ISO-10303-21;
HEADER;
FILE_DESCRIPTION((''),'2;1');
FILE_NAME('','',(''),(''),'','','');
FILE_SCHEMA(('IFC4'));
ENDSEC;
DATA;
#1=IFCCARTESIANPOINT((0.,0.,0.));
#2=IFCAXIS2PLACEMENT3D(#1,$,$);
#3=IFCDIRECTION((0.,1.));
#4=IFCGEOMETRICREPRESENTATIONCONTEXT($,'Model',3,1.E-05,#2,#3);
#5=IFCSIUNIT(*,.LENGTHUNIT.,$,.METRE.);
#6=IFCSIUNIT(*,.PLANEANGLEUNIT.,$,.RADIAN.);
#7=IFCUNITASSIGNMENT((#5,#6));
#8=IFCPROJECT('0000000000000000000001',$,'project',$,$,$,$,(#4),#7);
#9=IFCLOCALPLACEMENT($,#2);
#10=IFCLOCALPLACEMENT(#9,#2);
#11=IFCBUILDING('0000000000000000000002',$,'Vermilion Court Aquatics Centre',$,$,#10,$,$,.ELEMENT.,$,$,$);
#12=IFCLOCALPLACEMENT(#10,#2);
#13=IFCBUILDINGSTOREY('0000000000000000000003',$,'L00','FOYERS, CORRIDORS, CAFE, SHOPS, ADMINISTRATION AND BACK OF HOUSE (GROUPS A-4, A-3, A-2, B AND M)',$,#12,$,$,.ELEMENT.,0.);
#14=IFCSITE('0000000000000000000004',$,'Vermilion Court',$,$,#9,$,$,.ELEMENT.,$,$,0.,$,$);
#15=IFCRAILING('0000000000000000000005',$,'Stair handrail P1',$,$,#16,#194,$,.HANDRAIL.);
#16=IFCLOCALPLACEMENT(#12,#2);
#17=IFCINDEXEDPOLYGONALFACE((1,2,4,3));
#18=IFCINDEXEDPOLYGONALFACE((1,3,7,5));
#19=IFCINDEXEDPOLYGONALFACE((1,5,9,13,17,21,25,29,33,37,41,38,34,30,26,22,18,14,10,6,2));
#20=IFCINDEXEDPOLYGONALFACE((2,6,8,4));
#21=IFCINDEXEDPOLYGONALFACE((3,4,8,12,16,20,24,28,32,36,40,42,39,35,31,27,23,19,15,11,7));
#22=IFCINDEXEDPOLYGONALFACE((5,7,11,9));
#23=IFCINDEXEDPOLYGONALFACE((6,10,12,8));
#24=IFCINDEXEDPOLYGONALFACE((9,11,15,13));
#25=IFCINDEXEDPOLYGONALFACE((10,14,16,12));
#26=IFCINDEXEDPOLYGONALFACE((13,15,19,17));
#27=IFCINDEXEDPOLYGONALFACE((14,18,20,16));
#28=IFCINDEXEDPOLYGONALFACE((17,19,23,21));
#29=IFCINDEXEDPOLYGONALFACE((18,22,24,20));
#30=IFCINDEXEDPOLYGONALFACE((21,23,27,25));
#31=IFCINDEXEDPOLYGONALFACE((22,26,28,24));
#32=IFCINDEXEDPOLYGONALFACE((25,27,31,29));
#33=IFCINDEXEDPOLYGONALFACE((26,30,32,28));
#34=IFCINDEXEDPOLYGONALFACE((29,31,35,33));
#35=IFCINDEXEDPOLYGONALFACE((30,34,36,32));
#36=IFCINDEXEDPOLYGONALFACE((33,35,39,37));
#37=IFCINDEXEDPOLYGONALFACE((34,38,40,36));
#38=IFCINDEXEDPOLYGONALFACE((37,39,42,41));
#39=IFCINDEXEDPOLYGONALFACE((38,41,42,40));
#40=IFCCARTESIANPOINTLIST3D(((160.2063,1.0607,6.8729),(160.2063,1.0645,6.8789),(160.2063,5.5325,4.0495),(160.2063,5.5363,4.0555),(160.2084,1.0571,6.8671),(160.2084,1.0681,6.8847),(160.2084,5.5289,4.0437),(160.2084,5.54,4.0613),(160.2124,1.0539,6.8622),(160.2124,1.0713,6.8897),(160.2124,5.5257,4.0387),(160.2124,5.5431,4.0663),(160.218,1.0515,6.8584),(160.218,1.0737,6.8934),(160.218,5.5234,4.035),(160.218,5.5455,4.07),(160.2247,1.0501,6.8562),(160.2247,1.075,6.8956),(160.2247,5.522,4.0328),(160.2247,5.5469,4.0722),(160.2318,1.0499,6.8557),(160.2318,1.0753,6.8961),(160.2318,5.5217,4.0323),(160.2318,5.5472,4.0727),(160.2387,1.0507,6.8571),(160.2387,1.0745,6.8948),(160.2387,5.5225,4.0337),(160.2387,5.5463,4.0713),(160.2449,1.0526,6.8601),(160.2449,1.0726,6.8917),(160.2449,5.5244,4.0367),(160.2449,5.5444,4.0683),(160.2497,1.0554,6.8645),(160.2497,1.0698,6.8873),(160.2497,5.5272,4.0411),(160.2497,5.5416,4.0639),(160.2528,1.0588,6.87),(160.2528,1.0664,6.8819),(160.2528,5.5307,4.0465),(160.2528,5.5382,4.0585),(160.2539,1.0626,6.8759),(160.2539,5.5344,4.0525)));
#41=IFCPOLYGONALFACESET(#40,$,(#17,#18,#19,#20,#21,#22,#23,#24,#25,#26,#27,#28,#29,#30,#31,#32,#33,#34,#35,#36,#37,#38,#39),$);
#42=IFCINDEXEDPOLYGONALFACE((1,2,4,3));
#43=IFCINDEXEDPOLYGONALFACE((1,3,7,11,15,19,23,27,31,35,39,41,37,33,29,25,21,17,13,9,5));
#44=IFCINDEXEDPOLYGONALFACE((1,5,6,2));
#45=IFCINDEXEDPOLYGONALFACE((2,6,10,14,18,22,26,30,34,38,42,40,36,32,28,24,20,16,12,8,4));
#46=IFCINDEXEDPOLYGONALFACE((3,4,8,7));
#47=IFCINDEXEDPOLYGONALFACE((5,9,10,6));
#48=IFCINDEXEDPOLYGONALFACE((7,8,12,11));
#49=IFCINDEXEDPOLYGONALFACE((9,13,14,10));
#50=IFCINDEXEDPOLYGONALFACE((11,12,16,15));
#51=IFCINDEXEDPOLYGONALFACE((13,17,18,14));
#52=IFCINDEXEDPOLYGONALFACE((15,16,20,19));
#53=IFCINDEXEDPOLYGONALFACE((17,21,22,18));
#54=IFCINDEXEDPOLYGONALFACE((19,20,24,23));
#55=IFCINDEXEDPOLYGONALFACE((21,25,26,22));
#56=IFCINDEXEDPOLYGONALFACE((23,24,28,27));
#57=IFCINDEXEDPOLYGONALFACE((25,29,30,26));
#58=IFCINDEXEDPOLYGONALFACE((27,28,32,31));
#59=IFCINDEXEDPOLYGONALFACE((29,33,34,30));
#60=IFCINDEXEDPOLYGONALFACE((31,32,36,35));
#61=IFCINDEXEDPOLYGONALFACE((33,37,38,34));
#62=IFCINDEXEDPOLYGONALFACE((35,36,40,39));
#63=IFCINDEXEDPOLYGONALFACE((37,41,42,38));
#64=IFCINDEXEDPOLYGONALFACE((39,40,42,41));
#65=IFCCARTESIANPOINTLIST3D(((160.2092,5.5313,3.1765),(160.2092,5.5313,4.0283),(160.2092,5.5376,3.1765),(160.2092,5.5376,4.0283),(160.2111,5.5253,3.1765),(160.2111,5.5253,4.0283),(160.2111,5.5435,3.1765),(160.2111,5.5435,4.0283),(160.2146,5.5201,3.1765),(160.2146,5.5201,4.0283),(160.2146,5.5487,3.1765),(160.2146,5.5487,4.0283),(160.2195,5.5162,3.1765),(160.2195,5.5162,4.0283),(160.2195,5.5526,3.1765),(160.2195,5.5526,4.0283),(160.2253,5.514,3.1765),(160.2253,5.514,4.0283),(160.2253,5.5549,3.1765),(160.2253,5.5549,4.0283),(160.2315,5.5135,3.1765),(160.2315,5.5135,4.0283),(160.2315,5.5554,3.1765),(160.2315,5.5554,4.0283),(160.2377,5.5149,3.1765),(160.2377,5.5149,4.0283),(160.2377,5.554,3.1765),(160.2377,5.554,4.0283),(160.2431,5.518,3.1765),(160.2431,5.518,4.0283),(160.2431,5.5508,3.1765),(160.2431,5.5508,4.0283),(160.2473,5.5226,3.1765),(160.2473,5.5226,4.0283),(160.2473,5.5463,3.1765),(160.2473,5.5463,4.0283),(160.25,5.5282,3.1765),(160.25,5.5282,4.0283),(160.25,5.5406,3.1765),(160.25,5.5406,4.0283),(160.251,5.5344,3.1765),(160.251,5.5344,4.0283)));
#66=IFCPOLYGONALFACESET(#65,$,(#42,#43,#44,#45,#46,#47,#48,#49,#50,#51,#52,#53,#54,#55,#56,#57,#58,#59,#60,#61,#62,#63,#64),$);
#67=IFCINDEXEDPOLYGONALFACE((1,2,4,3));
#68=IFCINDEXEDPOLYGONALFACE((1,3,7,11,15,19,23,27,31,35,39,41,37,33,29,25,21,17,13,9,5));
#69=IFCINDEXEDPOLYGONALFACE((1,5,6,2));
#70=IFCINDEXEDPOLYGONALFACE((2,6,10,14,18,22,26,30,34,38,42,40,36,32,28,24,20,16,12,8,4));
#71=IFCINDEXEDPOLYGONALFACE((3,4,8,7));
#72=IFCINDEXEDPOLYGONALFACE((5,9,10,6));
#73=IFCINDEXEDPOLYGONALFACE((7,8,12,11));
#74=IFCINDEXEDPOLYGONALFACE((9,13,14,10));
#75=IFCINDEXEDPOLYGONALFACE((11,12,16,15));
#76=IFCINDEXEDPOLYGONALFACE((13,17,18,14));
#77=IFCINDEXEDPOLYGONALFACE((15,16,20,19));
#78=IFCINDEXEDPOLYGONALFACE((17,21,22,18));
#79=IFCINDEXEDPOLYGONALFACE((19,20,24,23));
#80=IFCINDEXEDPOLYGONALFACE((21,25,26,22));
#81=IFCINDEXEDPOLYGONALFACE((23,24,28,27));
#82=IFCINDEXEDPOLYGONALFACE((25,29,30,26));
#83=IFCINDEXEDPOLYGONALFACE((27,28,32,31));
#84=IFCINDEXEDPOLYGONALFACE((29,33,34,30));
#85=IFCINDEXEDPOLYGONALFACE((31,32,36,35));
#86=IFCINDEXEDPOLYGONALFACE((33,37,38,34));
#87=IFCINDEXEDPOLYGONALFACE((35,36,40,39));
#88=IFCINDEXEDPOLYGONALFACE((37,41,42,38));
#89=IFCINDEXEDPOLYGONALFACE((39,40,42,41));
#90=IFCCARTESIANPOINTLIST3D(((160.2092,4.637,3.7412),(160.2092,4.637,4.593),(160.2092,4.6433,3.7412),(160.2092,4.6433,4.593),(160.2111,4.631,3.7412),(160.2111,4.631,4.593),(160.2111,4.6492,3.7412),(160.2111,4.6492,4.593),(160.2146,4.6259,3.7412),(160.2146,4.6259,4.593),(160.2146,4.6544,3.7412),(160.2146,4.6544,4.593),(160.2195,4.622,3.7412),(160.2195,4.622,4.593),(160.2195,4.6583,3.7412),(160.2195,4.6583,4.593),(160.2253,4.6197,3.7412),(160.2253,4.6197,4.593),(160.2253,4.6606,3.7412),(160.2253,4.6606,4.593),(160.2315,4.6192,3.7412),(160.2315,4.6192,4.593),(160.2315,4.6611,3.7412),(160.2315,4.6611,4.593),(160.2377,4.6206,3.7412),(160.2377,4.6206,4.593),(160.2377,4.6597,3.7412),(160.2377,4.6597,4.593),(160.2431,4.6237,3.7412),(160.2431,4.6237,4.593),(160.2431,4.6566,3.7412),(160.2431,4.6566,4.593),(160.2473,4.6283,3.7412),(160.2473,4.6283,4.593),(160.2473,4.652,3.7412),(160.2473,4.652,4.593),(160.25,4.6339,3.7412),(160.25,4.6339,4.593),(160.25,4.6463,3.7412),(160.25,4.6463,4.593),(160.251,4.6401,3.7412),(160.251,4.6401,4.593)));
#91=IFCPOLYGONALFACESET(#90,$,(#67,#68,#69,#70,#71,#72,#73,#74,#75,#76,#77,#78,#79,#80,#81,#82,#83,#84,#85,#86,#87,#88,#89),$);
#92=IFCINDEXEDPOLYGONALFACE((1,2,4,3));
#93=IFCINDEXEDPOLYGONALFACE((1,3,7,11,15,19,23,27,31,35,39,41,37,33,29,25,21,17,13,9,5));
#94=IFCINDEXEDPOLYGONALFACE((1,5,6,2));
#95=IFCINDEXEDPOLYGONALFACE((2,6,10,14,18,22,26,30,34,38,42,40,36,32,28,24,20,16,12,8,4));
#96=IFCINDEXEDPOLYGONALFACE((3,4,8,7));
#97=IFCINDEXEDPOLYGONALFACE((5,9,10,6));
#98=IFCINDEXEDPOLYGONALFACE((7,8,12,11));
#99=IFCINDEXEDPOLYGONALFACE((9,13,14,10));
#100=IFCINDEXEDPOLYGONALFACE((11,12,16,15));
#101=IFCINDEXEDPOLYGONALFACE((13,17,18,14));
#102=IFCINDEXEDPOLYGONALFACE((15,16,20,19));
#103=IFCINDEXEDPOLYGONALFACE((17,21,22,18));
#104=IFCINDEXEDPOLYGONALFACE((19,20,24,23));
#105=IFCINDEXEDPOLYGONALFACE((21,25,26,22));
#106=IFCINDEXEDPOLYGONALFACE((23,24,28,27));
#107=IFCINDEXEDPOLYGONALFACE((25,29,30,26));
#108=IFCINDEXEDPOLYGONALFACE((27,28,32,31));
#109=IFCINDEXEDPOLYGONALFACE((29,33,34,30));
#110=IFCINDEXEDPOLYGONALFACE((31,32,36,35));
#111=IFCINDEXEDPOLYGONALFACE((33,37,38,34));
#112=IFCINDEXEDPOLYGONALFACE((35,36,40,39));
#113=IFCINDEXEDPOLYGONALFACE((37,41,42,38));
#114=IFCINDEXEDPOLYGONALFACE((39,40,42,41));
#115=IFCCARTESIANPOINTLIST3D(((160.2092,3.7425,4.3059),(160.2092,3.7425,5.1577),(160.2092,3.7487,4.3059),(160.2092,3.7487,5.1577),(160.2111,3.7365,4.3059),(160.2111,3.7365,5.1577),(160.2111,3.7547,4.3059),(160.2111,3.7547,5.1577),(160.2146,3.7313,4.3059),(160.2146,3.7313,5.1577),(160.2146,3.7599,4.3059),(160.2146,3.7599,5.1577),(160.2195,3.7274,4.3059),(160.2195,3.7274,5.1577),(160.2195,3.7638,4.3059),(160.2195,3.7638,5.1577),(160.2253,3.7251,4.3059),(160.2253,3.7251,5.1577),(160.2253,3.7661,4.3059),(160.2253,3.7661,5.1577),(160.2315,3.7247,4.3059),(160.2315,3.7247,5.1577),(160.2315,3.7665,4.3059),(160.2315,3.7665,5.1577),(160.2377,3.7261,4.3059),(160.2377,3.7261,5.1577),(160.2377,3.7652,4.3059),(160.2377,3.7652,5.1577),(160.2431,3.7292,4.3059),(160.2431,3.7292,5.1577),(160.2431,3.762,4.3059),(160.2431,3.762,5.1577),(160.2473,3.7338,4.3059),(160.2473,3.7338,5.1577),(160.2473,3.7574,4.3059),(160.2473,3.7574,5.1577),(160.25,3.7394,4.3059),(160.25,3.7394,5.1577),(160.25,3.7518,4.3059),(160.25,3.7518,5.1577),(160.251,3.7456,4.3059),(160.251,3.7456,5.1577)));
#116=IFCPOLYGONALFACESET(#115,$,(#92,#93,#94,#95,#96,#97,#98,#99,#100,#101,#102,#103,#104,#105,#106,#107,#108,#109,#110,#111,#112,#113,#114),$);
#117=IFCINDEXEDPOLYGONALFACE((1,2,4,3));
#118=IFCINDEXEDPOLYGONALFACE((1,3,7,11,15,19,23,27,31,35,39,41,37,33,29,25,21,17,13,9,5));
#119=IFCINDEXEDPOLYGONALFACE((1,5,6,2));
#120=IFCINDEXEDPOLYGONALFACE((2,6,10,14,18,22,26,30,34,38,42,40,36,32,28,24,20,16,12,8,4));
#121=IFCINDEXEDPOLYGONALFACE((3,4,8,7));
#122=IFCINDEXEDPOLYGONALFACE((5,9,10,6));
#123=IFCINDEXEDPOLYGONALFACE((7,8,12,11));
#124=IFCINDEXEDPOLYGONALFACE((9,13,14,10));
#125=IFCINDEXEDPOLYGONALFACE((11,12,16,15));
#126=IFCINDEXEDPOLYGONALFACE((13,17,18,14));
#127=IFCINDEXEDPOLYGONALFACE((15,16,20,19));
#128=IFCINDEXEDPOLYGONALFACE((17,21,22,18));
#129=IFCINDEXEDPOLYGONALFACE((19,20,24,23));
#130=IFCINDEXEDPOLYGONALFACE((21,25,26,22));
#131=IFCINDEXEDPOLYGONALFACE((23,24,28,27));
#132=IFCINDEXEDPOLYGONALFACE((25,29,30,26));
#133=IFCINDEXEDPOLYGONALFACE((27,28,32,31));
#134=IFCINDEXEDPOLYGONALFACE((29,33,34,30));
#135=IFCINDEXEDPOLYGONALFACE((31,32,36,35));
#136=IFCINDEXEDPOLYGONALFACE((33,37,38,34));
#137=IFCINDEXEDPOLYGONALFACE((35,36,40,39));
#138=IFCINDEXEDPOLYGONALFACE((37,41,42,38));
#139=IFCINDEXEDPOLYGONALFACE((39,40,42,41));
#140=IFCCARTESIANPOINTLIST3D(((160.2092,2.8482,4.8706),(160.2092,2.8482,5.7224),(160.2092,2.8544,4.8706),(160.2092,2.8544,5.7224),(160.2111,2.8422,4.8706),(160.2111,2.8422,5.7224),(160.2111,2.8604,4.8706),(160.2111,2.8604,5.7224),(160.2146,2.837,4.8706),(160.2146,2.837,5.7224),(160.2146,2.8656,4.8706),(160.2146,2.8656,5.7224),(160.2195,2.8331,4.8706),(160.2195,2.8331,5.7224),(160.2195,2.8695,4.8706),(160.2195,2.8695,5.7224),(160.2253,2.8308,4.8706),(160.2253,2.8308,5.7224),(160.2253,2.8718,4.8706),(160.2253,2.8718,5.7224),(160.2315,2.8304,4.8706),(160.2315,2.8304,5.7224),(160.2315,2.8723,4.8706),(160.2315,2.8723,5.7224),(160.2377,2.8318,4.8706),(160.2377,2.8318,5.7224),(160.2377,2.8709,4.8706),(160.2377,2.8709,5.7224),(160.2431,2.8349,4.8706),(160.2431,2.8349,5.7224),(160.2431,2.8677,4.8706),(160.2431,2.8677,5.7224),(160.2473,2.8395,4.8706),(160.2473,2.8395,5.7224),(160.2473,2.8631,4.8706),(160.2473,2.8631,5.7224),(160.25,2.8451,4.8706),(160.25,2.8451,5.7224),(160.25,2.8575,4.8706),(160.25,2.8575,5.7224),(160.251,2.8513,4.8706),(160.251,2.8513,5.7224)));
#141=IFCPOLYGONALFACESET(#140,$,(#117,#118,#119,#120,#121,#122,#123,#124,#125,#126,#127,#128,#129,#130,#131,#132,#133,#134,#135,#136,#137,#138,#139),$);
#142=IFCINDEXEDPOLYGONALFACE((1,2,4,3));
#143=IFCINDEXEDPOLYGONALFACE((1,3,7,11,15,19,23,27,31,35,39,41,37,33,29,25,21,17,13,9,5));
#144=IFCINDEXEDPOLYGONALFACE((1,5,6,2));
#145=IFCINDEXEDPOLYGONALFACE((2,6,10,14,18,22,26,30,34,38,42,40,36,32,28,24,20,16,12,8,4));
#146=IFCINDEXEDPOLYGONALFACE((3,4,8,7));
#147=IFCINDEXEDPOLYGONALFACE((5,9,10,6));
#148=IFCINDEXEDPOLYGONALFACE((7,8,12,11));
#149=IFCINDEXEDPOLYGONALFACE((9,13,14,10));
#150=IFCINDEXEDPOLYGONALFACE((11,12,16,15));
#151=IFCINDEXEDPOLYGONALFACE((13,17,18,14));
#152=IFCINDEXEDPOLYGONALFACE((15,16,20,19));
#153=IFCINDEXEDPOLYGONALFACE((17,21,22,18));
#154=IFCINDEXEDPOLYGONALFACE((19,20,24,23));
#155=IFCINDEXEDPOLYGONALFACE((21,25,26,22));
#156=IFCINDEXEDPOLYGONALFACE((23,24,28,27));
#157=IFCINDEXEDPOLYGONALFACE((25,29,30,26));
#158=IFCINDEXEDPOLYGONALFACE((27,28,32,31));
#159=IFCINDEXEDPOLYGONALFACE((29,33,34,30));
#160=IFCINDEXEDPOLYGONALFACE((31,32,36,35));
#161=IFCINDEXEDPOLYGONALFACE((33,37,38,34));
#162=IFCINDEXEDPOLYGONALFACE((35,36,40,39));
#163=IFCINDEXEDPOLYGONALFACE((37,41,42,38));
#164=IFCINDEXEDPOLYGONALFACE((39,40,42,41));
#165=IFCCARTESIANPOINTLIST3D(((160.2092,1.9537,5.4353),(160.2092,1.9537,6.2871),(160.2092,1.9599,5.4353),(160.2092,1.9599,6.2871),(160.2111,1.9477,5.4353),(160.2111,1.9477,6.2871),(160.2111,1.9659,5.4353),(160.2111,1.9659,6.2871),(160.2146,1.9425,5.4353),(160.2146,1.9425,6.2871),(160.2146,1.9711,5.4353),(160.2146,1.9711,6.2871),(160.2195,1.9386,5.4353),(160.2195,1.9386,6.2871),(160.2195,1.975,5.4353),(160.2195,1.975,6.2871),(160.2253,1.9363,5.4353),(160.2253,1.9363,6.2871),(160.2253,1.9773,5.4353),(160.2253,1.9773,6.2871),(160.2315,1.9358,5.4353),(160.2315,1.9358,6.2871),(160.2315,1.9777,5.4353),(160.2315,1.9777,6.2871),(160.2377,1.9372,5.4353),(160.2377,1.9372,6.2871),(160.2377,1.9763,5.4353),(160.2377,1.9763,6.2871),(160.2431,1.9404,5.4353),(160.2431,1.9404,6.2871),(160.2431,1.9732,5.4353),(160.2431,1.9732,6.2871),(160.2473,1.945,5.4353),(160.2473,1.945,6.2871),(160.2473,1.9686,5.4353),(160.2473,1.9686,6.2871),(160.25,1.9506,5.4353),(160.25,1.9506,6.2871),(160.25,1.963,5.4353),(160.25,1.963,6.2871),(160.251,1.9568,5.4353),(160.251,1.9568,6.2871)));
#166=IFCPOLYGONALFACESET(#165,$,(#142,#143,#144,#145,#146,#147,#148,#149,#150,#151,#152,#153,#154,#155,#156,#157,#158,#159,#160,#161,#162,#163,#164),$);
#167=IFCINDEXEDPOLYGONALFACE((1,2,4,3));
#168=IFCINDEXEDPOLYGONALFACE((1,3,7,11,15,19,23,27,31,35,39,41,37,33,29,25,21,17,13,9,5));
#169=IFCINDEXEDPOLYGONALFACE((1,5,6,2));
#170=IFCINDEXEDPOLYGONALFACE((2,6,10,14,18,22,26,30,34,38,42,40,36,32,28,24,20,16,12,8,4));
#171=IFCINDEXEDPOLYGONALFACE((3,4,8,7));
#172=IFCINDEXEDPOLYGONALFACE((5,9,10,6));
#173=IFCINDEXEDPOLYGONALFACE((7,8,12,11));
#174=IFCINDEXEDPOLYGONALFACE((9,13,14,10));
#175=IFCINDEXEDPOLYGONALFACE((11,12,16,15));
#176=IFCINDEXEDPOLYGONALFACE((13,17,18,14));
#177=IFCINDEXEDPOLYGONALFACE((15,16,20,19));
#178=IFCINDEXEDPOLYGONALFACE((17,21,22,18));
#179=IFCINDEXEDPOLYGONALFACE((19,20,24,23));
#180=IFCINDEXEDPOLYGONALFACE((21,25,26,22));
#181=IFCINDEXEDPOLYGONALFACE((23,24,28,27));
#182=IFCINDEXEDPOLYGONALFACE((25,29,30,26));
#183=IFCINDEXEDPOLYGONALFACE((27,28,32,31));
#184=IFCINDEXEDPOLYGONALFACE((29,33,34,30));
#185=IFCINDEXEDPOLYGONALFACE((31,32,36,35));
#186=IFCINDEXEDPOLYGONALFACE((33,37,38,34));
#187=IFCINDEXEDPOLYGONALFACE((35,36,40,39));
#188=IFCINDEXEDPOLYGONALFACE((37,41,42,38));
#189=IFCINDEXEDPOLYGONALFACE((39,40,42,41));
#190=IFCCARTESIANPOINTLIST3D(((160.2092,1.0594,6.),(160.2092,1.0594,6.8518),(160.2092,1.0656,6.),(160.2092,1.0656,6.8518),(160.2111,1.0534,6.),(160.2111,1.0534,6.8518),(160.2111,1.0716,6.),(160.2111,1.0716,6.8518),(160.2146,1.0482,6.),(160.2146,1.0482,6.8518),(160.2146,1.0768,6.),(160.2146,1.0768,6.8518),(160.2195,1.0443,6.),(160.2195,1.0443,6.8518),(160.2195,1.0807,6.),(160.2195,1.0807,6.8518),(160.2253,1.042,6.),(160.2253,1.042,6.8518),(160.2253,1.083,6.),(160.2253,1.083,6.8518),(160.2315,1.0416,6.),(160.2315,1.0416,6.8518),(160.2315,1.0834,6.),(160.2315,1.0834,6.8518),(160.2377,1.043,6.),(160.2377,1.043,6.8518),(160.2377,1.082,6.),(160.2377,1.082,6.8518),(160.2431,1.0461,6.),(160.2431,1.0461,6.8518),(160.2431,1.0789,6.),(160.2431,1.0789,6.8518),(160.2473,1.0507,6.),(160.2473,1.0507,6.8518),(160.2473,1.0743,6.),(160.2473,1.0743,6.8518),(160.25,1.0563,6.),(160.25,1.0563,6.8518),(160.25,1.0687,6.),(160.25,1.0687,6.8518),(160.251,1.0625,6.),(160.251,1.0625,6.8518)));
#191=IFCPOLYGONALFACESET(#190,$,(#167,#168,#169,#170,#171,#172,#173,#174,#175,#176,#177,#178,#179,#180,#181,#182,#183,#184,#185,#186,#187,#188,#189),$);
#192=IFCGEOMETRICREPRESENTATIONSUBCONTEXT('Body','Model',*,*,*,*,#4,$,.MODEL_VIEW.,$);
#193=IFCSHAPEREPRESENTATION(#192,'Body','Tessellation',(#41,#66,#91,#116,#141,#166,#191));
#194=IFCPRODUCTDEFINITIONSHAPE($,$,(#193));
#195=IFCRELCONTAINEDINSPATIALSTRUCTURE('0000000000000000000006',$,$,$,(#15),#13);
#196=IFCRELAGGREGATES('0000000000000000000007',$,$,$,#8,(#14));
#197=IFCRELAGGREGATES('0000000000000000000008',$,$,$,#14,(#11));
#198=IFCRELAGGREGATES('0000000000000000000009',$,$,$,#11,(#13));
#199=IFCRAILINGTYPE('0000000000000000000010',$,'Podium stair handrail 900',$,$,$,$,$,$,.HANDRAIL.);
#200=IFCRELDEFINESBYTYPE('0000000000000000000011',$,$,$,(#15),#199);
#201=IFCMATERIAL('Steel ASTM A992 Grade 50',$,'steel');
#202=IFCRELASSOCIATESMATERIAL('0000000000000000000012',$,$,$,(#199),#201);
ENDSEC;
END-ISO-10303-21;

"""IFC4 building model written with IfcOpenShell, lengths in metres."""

from ifc_helpers import new_model, si_unit, direction, frame, origin, origin_2d, place, context, subcontext, project, spatial, circle, extrude, material, type_object, element, save


model = new_model("IFC4")

# Units and contexts
model_context = context("Model", 3, precision=1e-05, world=origin(), true_north=direction((0.0, 1.0)))
body_context = subcontext(model_context, "Body", "Model", "MODEL_VIEW")
ifc_project = project(units=[si_unit("LENGTHUNIT", "METRE"), si_unit("PLANEANGLEUNIT", "RADIAN")], contexts=[model_context])

# Site, building, storey
site_placement = place(None, origin())
site = spatial("IfcSite", under=ifc_project, at=site_placement, Name="Vermilion Court", CompositionType="ELEMENT", RefElevation=0.0)
building_placement = place(site_placement, origin())
building = spatial("IfcBuilding", under=site, at=building_placement, Name="Vermilion Court Aquatics Centre", CompositionType="ELEMENT")
storey_placement = place(building_placement, origin())
storey = spatial("IfcBuildingStorey", under=building, at=storey_placement, Name="L00", Description="FOYERS, CORRIDORS, CAFE, SHOPS, ADMINISTRATION AND BACK OF HOUSE (GROUPS A-4, A-3, A-2, B AND M)", CompositionType="ELEMENT", Elevation=0.0)

# Railing
ifc_material_1 = material(Name="Steel ASTM A992 Grade 50", Category="steel")
railing_type_1 = type_object("IfcRailingType", Name="Podium stair handrail 900", PredefinedType="HANDRAIL", material=ifc_material_1)
railing_1_placement = place(storey_placement, frame((160.23, 5.5344, 3.1765)))
element("IfcRailing", 1, at=railing_1_placement, inside=storey, type_object=railing_type_1, Name="Stair handrail P1", PredefinedType="HANDRAIL", context=body_context, shape_type="SweptSolid", body=[
    extrude(circle(Radius=0.0239, at=origin_2d()), frame((0.0, 0.0, 0.876), z_axis=(0.0, -0.845565, 0.533873), x_axis=(1.0, 0.0, 0.0)), (0.0, 0.0, 1.0), 5.2886),
    extrude(circle(Radius=0.021, at=origin_2d()), origin(), (0.0, 0.0, 1.0), 0.8518),
    extrude(circle(Radius=0.021, at=origin_2d()), frame((0.0, -0.8943, 0.5647)), (0.0, 0.0, 1.0), 0.8518),
    extrude(circle(Radius=0.021, at=origin_2d()), frame((0.0, -1.7888, 1.1294)), (0.0, 0.0, 1.0), 0.8518),
    extrude(circle(Radius=0.021, at=origin_2d()), frame((0.0, -2.6831, 1.6941)), (0.0, 0.0, 1.0), 0.8518),
    extrude(circle(Radius=0.021, at=origin_2d()), frame((0.0, -3.5776, 2.2588)), (0.0, 0.0, 1.0), 0.8518),
    extrude(circle(Radius=0.021, at=origin_2d()), frame((0.0, -4.4719, 2.8235)), (0.0, 0.0, 1.0), 0.8518),
])

save(model, "model.ifc")
